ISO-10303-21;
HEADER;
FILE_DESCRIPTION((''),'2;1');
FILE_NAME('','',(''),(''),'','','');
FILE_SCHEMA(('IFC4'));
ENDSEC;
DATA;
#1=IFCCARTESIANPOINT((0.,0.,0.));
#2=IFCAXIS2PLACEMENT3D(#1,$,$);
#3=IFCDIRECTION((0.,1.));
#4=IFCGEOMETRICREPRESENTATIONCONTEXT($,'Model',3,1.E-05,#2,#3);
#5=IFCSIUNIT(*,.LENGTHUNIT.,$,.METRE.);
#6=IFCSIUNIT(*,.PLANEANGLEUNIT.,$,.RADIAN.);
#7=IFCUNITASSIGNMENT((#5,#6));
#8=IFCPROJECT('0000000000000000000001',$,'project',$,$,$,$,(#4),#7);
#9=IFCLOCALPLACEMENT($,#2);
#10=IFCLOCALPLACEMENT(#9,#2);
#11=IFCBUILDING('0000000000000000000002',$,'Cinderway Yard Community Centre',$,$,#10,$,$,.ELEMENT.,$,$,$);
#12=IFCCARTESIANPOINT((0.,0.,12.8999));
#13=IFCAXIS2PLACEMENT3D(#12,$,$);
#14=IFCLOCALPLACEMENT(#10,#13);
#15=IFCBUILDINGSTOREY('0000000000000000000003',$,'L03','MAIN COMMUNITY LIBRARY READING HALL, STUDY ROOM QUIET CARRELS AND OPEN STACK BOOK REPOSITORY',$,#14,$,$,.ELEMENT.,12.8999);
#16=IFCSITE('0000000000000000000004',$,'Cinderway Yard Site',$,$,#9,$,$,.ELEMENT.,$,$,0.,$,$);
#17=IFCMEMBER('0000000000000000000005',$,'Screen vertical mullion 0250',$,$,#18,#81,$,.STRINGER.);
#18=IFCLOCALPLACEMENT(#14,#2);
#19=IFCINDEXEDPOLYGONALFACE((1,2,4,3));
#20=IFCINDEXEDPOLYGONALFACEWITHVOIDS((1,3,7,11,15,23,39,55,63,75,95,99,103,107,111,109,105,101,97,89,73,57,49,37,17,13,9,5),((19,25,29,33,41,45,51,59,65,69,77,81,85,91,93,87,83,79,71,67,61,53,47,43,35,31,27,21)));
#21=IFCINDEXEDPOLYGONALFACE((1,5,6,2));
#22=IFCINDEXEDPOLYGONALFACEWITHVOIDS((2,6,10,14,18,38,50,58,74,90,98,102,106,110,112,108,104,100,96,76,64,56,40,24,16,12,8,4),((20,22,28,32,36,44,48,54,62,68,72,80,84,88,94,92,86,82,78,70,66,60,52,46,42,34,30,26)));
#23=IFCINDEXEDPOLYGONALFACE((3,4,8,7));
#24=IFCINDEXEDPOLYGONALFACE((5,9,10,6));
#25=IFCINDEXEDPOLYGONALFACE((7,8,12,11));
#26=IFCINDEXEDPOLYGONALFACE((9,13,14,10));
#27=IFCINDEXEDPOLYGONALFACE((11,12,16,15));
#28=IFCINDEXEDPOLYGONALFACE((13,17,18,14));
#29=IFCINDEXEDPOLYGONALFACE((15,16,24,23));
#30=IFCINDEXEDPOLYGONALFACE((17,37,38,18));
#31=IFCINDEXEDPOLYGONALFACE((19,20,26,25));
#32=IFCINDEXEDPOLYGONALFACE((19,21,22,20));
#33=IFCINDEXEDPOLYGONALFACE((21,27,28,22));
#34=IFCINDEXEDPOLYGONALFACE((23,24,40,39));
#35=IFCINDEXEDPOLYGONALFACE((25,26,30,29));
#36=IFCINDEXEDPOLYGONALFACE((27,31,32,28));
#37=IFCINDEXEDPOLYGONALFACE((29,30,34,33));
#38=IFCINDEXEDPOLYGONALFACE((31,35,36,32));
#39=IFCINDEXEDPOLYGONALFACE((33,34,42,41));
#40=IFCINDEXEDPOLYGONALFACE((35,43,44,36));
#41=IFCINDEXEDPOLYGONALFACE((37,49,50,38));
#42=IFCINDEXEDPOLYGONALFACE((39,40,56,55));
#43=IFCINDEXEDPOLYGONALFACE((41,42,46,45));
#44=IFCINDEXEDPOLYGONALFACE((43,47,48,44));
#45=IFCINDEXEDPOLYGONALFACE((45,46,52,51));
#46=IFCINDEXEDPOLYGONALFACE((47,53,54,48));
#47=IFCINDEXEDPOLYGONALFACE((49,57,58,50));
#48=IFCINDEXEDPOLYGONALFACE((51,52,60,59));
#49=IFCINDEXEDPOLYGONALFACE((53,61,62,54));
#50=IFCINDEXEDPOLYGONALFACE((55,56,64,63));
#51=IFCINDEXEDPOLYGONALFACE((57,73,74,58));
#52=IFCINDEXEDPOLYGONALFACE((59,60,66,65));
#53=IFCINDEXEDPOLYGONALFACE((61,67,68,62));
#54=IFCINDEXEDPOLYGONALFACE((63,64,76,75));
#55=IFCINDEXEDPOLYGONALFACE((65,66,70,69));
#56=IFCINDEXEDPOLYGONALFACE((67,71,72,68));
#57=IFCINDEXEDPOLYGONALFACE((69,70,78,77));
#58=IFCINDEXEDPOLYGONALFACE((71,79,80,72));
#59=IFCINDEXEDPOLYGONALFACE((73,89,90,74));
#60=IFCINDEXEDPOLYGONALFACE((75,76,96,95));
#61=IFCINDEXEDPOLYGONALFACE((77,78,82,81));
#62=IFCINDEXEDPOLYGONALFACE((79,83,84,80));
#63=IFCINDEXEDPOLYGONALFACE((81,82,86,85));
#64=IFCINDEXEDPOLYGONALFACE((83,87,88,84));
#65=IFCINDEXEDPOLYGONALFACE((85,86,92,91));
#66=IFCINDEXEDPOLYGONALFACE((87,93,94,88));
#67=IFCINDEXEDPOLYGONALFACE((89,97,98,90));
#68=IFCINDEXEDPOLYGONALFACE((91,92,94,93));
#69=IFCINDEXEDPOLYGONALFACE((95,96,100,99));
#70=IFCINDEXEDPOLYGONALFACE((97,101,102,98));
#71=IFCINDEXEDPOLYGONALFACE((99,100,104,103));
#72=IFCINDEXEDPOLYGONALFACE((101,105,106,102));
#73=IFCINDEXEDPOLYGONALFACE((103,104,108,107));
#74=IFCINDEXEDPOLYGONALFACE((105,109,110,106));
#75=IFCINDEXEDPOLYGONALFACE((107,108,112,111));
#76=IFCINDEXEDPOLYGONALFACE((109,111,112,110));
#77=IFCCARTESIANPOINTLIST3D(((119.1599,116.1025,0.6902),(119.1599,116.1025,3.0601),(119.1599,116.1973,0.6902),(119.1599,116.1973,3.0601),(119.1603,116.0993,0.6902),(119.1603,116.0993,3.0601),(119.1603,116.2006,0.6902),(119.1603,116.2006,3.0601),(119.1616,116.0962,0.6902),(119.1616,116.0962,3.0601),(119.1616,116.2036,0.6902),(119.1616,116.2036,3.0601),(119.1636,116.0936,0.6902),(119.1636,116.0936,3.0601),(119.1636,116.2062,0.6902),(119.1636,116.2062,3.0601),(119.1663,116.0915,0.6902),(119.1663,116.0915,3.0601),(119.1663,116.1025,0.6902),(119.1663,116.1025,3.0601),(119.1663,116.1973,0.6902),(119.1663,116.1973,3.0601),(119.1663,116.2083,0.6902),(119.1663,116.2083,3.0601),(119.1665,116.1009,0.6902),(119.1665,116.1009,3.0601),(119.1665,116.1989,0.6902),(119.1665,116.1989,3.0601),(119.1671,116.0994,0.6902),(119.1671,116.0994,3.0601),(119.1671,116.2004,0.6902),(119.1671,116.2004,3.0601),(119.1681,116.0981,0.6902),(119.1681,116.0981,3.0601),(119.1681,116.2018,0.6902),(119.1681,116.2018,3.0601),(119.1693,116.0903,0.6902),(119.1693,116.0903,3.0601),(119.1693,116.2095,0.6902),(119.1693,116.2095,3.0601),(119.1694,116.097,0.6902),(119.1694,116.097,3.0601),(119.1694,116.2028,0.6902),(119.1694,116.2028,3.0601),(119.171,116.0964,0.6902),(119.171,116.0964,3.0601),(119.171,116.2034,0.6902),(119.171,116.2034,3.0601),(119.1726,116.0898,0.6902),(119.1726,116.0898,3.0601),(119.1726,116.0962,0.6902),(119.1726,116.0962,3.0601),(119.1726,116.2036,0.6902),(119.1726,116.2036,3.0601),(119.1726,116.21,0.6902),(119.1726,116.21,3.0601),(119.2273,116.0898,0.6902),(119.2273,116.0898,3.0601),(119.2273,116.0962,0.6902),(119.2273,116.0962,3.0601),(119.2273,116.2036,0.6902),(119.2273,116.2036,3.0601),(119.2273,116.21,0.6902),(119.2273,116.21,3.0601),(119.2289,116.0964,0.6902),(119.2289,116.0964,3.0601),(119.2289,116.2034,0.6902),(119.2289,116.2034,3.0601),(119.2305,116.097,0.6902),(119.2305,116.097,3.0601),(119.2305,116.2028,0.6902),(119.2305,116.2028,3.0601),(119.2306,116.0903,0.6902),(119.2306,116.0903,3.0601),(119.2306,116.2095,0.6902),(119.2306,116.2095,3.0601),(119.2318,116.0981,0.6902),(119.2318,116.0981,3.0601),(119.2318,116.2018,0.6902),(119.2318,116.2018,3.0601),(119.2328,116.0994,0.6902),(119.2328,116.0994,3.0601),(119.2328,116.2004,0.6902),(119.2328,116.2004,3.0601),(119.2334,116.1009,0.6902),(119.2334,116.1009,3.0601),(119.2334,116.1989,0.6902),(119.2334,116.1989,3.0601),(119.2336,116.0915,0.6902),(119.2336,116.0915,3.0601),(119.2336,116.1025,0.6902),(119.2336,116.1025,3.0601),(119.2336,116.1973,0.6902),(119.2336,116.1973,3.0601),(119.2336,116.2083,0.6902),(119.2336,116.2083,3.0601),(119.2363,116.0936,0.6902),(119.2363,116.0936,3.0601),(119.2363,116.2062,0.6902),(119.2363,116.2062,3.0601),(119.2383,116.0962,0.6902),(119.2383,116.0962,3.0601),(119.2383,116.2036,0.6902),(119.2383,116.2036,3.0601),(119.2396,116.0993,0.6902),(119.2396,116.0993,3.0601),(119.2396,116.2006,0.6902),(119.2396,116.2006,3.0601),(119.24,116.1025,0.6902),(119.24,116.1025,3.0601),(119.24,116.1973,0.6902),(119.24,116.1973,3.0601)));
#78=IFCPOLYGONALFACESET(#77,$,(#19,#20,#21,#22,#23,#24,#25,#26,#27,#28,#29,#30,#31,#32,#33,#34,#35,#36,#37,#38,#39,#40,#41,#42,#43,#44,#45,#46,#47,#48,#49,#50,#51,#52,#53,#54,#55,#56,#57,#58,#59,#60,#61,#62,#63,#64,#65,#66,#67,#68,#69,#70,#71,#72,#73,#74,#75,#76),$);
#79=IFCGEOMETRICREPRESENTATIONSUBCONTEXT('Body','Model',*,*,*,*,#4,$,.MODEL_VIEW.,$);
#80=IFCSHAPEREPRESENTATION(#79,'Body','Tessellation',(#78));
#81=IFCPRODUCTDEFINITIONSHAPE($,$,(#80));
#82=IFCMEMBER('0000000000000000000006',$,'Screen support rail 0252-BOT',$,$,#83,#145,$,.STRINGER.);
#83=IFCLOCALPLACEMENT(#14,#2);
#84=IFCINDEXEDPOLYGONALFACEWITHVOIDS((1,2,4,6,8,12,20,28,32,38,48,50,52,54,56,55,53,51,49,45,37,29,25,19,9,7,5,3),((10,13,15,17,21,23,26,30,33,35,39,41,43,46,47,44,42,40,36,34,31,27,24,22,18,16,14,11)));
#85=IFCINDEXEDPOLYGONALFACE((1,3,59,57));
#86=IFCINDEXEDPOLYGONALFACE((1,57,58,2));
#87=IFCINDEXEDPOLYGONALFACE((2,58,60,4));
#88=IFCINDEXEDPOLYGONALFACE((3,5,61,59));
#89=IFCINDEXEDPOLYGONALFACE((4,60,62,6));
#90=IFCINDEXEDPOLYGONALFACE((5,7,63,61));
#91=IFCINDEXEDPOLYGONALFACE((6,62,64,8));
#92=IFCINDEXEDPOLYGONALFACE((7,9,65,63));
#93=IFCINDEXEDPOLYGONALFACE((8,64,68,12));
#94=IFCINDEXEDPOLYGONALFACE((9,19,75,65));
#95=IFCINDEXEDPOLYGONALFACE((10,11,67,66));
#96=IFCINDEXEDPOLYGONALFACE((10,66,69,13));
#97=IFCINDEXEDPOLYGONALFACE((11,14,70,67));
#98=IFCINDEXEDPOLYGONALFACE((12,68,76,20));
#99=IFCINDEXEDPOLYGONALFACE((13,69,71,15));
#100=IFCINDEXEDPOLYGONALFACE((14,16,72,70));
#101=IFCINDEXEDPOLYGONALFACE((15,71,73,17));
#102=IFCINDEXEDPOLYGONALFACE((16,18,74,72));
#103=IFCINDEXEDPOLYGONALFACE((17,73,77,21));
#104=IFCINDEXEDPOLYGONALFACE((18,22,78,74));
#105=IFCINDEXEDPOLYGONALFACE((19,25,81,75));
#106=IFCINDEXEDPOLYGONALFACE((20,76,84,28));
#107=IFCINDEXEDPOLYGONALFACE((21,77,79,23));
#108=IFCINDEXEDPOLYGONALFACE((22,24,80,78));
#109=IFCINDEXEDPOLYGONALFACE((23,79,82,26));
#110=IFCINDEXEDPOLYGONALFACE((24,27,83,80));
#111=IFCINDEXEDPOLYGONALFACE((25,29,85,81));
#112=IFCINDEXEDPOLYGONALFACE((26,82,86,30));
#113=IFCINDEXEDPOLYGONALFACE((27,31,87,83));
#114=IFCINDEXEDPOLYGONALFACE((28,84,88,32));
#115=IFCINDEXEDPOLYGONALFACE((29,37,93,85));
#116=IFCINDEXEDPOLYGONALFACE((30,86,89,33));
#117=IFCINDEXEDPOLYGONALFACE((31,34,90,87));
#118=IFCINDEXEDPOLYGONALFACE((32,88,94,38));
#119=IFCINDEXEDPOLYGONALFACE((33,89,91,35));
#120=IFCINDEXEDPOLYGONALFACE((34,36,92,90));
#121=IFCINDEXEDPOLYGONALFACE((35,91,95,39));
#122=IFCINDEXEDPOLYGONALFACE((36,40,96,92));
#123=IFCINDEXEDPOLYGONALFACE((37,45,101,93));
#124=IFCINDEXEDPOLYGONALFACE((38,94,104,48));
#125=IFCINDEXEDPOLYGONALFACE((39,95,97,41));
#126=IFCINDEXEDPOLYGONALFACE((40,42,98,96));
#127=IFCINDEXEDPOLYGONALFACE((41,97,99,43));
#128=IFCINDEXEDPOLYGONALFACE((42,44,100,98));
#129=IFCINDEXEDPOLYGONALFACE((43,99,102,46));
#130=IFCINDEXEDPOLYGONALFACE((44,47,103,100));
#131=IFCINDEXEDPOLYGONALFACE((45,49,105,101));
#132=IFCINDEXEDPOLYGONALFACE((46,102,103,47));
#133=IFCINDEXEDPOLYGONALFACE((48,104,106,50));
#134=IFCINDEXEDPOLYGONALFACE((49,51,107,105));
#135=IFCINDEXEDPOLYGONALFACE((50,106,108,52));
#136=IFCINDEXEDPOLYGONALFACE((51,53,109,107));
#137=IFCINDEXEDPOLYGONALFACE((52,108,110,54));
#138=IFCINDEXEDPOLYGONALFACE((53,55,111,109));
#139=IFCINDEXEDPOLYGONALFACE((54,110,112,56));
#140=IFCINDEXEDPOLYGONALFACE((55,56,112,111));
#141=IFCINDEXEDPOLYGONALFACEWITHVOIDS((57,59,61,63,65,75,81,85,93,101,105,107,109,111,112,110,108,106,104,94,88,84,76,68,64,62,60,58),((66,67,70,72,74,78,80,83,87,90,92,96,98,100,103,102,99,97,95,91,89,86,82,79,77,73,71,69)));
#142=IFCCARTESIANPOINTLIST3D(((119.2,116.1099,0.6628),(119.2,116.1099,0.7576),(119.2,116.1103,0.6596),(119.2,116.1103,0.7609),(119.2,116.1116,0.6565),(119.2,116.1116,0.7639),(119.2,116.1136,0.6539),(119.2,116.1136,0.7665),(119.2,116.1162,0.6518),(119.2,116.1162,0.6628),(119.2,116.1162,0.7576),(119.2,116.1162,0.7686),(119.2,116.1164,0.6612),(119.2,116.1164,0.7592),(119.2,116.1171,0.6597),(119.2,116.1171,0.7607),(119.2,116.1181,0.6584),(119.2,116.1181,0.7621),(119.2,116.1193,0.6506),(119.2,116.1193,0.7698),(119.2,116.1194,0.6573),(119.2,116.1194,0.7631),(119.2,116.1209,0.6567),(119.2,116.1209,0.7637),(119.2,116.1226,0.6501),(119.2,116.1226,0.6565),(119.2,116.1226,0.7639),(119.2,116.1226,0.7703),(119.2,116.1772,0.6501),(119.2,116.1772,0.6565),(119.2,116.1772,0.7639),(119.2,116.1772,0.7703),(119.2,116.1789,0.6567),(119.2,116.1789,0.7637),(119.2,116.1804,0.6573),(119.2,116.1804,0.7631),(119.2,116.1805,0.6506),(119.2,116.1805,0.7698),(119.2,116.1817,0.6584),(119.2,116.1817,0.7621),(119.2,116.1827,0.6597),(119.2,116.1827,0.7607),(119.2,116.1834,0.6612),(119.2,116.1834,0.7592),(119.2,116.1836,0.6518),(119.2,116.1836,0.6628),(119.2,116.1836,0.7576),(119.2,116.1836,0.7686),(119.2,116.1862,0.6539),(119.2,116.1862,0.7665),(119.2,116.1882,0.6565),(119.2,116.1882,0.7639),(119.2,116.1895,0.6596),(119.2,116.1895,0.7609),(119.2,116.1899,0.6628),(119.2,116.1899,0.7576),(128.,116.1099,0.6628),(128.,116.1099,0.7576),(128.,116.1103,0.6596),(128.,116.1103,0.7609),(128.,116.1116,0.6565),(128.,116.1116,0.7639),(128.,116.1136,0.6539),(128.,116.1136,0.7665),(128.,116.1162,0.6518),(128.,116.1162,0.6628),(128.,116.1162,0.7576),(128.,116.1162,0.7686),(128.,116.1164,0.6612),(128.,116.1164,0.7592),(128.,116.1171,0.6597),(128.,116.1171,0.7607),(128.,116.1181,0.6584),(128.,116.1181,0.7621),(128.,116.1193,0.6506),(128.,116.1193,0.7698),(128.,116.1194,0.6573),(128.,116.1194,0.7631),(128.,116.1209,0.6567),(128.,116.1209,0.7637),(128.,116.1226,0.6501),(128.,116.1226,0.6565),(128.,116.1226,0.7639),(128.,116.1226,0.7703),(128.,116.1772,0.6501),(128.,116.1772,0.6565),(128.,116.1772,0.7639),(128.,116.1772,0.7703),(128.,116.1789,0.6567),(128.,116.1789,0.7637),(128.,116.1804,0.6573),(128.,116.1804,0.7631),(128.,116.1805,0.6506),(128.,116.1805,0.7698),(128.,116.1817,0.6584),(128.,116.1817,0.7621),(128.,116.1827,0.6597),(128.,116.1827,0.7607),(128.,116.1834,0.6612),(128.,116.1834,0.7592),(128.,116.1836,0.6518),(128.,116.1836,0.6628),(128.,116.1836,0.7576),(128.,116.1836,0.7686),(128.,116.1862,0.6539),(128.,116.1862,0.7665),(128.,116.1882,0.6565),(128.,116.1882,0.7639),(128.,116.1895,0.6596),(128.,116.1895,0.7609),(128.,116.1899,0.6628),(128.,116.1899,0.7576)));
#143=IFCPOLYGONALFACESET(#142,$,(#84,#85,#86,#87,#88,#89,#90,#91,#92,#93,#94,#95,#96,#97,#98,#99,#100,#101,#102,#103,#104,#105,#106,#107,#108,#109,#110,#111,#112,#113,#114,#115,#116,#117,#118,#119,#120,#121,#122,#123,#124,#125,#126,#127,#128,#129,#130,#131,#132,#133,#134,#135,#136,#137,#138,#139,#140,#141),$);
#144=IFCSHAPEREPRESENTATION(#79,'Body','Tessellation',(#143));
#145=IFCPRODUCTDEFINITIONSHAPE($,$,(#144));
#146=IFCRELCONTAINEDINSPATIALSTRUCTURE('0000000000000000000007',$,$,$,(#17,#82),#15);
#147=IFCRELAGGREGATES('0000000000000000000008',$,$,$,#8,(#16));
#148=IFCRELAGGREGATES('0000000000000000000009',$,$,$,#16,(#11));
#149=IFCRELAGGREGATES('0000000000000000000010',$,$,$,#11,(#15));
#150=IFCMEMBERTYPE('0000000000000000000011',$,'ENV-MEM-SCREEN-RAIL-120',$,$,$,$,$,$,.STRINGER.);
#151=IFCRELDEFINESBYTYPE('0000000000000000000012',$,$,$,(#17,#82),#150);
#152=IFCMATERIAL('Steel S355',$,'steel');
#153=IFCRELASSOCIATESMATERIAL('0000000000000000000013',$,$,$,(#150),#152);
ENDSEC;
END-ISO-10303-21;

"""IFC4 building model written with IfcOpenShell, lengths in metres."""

from ifc_helpers import new_model, si_unit, direction, frame, origin, origin_2d, place, context, subcontext, project, spatial, hollow_rectangle, extrude, material, material_profile, profile_set, type_object, element, save


model = new_model("IFC4")

# Units and contexts
model_context = context("Model", 3, precision=1e-05, world=origin(), true_north=direction((0.0, 1.0)))
body_context = subcontext(model_context, "Body", "Model", "MODEL_VIEW")
ifc_project = project(units=[si_unit("LENGTHUNIT", "METRE"), si_unit("PLANEANGLEUNIT", "RADIAN")], contexts=[model_context])

# Site, building, storey
site_placement = place(None, origin())
site = spatial("IfcSite", under=ifc_project, at=site_placement, Name="Cinderway Yard Site", CompositionType="ELEMENT", RefElevation=0.0)
building_placement = place(site_placement, origin())
building = spatial("IfcBuilding", under=site, at=building_placement, Name="Cinderway Yard Community Centre", CompositionType="ELEMENT")
storey_placement = place(building_placement, frame((0.0, 0.0, 12.8999)))
storey = spatial("IfcBuildingStorey", under=building, at=storey_placement, Name="L03", Description="MAIN COMMUNITY LIBRARY READING HALL, STUDY ROOM QUIET CARRELS AND OPEN STACK BOOK REPOSITORY", CompositionType="ELEMENT", Elevation=12.8999)

# Members
ifc_material_1 = material(Name="Steel S355", Category="steel")
ifc_material_profile = material_profile(ifc_material_1, hollow_rectangle(XDim=0.0801, YDim=0.1201, WallThickness=0.0063, InnerFilletRadius=0.0063, OuterFilletRadius=0.0127, at=origin_2d()), Name="Steel S355")
ifc_profile_set = profile_set([ifc_material_profile], Name="Steel S355")
member_type = type_object("IfcMemberType", Name="ENV-MEM-SCREEN-RAIL-120", PredefinedType="STRINGER", material=ifc_profile_set)
for number, where, z_axis, x_axis, name in (
    (1, (119.2, 116.1499, 0.6902), (0.0, 0.0, 1.0), (1.0, 0.0, 0.0), "Screen vertical mullion 0250"),
):
    element("IfcMember", number, at=place(storey_placement, frame(where, z_axis=z_axis, x_axis=x_axis)), inside=storey, type_object=member_type, Name=name, PredefinedType="STRINGER", context=body_context, shape_type="SweptSolid", body=[
        extrude(hollow_rectangle(XDim=0.0801, YDim=0.1201, WallThickness=0.0063, InnerFilletRadius=0.0063, OuterFilletRadius=0.0127, at=origin_2d()), origin(), (0.0, 0.0, 1.0), 2.3699),
    ])
for number, where, z_axis, x_axis, name in (
    (2, (119.2, 116.1499, 0.7102), (1.0, 0.0, 0.0), (0.0, 1.0, 0.0), "Screen support rail 0252-BOT"),
):
    element("IfcMember", number, at=place(storey_placement, frame(where, z_axis=z_axis, x_axis=x_axis)), inside=storey, type_object=member_type, Name=name, PredefinedType="STRINGER", context=body_context, shape_type="SweptSolid", body=[
        extrude(hollow_rectangle(XDim=0.0801, YDim=0.1201, WallThickness=0.0063, InnerFilletRadius=0.0063, OuterFilletRadius=0.0127, at=origin_2d()), origin(), (0.0, 0.0, 1.0), 8.8),
    ])

save(model, "model.ifc")
